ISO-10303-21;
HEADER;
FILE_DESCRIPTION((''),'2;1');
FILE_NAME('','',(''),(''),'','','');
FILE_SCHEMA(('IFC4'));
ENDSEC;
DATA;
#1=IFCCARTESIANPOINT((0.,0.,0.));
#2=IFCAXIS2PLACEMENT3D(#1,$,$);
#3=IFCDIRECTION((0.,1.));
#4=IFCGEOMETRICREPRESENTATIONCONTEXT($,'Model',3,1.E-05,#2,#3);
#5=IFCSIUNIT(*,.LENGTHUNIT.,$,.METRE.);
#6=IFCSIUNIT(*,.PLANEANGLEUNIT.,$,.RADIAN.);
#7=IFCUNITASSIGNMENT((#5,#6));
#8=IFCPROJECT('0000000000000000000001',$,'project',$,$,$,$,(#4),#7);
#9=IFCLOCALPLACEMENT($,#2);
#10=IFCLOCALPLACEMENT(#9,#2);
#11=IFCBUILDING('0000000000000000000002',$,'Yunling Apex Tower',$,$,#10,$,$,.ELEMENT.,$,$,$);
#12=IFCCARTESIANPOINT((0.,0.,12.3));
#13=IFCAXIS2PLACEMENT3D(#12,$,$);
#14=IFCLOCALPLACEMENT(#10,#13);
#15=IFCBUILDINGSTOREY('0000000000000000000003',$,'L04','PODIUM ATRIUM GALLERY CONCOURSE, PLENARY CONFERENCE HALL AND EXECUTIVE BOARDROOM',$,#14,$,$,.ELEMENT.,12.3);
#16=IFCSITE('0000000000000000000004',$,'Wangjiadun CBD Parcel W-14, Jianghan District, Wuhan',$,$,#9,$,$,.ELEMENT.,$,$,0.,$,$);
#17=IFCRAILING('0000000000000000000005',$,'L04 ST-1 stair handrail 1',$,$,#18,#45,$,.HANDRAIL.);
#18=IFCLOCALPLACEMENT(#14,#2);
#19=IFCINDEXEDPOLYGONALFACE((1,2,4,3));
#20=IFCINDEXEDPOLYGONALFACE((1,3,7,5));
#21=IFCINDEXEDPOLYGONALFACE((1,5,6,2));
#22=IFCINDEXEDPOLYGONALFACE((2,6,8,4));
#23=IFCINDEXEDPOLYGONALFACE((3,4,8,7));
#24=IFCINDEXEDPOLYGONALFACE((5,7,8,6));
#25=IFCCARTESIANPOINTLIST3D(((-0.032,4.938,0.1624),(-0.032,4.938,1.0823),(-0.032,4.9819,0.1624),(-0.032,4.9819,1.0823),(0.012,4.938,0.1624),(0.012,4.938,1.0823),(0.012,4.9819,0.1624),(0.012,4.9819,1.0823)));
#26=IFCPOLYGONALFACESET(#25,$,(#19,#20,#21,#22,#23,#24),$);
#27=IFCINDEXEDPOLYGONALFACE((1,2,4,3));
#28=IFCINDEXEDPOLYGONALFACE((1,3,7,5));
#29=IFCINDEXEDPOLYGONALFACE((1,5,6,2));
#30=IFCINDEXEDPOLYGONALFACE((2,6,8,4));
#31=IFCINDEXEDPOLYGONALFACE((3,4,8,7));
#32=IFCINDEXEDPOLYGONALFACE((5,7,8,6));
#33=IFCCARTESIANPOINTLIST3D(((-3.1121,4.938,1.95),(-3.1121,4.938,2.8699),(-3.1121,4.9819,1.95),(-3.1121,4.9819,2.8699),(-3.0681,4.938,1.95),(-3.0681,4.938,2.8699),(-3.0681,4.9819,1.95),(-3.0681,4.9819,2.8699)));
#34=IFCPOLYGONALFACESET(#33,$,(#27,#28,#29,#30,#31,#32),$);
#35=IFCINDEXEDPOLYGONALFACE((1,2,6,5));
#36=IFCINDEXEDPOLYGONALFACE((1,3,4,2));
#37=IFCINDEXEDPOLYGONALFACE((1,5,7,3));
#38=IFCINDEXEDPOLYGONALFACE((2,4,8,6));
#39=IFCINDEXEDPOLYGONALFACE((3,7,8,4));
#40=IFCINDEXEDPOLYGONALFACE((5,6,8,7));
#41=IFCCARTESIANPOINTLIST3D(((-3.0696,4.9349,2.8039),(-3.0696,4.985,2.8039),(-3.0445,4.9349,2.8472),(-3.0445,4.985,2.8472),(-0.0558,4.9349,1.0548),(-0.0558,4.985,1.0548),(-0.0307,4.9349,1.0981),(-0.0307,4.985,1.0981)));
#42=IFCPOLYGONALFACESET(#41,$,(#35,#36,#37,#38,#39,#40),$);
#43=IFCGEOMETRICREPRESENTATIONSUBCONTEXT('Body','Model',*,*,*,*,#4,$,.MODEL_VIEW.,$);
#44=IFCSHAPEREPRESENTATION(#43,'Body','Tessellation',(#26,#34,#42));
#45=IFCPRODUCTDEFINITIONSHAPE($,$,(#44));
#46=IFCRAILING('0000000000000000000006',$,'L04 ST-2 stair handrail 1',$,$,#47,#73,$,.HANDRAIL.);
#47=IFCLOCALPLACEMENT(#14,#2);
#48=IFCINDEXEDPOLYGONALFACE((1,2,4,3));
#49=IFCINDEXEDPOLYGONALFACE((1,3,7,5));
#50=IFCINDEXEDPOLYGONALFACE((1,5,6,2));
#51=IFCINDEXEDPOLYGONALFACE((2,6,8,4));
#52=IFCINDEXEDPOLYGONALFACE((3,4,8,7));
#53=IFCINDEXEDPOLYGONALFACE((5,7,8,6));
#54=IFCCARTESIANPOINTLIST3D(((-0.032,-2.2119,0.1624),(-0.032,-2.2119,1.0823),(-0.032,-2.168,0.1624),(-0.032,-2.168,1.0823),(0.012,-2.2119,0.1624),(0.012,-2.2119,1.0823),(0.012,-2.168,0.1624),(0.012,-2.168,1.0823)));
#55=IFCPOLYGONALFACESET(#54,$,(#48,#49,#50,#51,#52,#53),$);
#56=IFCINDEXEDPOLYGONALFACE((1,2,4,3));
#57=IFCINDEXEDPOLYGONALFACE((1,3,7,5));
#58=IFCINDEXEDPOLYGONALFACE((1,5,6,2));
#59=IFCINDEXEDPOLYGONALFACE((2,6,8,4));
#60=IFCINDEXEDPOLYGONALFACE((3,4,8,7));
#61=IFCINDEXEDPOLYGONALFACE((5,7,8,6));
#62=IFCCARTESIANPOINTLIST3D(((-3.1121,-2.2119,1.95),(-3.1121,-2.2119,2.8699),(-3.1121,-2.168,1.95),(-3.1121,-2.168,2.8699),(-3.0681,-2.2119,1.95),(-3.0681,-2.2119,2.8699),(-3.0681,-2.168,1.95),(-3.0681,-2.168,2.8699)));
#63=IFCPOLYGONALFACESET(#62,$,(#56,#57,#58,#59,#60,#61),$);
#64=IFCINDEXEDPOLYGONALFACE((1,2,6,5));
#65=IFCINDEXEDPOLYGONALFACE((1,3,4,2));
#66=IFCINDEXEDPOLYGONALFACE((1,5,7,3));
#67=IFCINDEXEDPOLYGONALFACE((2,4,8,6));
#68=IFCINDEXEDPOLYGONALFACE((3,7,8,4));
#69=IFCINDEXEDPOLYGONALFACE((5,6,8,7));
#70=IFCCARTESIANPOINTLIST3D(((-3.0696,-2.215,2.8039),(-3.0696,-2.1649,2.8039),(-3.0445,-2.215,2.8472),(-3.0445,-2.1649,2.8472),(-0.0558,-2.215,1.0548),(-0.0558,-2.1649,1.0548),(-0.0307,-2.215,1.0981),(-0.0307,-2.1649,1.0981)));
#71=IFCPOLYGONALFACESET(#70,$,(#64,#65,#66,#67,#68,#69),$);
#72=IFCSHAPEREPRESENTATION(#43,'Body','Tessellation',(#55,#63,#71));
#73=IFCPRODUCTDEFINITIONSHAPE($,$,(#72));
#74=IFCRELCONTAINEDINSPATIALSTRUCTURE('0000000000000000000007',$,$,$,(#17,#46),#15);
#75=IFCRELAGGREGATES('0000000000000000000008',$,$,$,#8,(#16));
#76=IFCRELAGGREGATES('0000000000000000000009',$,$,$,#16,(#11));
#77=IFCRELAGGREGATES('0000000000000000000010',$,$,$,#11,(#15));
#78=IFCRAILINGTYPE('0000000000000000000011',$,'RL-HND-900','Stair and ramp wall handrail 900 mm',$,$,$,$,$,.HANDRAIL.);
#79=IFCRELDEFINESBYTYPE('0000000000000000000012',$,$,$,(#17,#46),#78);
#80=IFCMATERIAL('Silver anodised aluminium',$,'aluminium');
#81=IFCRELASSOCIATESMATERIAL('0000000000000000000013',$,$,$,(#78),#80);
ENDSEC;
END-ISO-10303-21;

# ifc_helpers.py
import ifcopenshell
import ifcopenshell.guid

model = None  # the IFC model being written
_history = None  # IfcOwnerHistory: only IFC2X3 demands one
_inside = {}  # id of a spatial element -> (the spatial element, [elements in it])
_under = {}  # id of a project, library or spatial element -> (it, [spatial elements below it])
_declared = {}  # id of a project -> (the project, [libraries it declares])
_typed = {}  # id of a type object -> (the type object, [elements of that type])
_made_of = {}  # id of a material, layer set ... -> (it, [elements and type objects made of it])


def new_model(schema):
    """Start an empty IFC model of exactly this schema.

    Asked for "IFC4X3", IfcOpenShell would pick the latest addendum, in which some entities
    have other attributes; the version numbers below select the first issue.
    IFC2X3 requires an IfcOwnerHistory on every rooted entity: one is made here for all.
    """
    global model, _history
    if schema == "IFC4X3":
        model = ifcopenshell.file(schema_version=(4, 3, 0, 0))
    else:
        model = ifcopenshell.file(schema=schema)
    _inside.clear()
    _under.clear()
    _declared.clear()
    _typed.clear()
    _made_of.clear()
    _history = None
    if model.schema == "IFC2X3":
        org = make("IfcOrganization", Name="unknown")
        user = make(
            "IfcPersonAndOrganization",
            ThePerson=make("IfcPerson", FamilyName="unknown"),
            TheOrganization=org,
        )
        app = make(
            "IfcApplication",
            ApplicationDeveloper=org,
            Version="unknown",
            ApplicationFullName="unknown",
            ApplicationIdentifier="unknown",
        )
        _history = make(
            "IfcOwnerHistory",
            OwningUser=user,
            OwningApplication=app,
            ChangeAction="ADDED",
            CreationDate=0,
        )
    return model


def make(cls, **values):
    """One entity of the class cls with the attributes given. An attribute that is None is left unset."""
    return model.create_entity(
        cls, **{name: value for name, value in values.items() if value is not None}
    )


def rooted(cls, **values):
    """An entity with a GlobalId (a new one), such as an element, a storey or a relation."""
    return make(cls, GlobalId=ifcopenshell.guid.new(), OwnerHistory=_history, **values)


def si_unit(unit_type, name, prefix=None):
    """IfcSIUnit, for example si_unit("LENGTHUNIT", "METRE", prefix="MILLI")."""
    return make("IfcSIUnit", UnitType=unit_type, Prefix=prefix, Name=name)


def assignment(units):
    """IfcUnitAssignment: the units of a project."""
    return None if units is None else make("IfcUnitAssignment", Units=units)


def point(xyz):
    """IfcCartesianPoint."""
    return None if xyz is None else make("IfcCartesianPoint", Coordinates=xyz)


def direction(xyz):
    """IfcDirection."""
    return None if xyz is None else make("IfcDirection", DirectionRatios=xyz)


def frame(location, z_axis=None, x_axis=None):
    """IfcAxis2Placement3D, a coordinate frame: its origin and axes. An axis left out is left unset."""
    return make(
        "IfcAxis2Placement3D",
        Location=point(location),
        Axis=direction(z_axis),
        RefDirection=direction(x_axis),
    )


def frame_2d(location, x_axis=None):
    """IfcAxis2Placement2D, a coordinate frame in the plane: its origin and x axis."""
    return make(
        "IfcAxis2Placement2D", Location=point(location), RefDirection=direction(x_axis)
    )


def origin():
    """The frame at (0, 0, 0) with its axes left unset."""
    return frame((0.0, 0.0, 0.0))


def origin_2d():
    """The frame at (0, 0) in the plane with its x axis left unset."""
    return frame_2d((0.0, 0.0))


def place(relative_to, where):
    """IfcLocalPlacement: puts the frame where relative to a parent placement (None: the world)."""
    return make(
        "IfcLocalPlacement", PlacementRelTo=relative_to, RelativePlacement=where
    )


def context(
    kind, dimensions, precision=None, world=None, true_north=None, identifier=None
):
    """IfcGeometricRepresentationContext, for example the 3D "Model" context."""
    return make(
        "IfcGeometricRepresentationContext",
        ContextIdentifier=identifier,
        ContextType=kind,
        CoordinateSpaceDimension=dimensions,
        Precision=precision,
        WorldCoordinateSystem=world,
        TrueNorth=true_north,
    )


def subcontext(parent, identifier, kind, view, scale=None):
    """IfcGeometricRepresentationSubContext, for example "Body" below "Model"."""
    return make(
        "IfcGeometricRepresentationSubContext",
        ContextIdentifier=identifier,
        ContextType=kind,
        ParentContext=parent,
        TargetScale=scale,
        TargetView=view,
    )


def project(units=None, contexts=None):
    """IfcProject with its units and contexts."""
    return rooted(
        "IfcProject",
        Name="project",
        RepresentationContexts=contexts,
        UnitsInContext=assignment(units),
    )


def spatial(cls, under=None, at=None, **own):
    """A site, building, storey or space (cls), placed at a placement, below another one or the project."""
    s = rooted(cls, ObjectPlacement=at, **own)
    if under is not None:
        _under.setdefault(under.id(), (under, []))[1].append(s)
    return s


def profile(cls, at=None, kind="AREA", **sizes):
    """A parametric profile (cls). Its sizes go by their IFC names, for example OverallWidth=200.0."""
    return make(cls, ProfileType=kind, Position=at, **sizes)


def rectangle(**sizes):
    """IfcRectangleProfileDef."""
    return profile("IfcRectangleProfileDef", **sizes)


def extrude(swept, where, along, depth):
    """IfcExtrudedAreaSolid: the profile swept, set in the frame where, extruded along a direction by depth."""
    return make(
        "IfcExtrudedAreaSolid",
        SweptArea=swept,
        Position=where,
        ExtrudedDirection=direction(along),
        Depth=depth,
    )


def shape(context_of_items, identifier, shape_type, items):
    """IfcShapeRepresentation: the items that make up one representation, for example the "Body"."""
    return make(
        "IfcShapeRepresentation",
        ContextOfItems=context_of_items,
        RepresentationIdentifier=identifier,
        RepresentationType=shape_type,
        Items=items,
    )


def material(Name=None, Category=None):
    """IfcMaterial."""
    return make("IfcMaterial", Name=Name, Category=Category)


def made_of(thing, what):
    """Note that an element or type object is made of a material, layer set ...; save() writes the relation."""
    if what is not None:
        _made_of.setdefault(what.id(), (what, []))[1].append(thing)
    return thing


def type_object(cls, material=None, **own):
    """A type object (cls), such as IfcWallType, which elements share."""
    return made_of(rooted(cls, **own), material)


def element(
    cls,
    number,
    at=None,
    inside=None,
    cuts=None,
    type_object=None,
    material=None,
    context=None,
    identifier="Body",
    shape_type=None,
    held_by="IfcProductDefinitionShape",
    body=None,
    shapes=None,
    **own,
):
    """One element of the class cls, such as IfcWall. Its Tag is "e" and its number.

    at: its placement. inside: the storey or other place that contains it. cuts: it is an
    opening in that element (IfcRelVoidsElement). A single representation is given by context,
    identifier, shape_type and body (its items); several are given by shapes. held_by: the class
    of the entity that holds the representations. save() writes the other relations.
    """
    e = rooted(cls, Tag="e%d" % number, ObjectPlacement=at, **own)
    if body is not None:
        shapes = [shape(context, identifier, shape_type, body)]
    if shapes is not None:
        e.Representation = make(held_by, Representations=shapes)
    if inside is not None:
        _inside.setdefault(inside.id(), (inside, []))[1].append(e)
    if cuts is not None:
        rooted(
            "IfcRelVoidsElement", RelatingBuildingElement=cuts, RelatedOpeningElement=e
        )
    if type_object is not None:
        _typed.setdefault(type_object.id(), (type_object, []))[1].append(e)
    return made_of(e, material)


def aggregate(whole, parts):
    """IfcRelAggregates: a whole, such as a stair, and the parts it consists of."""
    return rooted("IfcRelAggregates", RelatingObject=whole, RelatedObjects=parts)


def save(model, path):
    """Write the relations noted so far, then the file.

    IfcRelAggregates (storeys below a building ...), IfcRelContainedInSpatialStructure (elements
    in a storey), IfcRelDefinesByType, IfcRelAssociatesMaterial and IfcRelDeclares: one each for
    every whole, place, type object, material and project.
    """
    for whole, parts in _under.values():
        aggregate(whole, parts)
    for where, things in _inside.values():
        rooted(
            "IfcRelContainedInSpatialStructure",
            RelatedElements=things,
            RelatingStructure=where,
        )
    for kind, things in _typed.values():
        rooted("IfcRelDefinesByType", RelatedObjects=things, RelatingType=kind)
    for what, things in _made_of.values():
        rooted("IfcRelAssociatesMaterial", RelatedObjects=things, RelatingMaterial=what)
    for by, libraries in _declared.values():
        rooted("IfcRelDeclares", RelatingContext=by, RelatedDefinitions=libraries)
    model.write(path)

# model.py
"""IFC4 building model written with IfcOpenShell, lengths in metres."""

from ifc_helpers import new_model, si_unit, direction, frame, origin, origin_2d, place, context, subcontext, project, spatial, rectangle, extrude, material, type_object, element, save


model = new_model("IFC4")

# Units and contexts
model_context = context("Model", 3, precision=1e-05, world=origin(), true_north=direction((0.0, 1.0)))
body_context = subcontext(model_context, "Body", "Model", "MODEL_VIEW")
ifc_project = project(units=[si_unit("LENGTHUNIT", "METRE"), si_unit("PLANEANGLEUNIT", "RADIAN")], contexts=[model_context])

# Site, building, storey
site_placement = place(None, origin())
site = spatial("IfcSite", under=ifc_project, at=site_placement, Name="Wangjiadun CBD Parcel W-14, Jianghan District, Wuhan", CompositionType="ELEMENT", RefElevation=0.0)
building_placement = place(site_placement, origin())
building = spatial("IfcBuilding", under=site, at=building_placement, Name="Yunling Apex Tower", CompositionType="ELEMENT")
storey_placement = place(building_placement, frame((0.0, 0.0, 12.3)))
storey = spatial("IfcBuildingStorey", under=building, at=storey_placement, Name="L04", Description="PODIUM ATRIUM GALLERY CONCOURSE, PLENARY CONFERENCE HALL AND EXECUTIVE BOARDROOM", CompositionType="ELEMENT", Elevation=12.3)

# Railings
ifc_material_1 = material(Name="Silver anodised aluminium", Category="aluminium")
railing_type_1 = type_object("IfcRailingType", Name="RL-HND-900", Description="Stair and ramp wall handrail 900 mm", PredefinedType="HANDRAIL", material=ifc_material_1)
for number, where, name in (
    (1, (-0.01, 4.96, 0.1624), "L04 ST-1 stair handrail 1"),
    (2, (-0.01, -2.1899, 0.1624), "L04 ST-2 stair handrail 1"),
):
    element("IfcRailing", number, at=place(storey_placement, frame(where)), inside=storey, type_object=railing_type_1, Name=name, PredefinedType="HANDRAIL", context=body_context, shape_type="SweptSolid", body=[
        extrude(rectangle(XDim=0.0439, YDim=0.0439, at=origin_2d()), origin(), (0.0, 0.0, 1.0), 0.9199),
        extrude(rectangle(XDim=0.0439, YDim=0.0439, at=origin_2d()), frame((-3.0801, 0.0, 1.7876)), (0.0, 0.0, 1.0), 0.9199),
        extrude(rectangle(XDim=0.05, YDim=0.05, at=origin_2d()), frame((-0.0332, 0.0, 0.9141), z_axis=(-0.864891, 0.0, 0.50196), x_axis=(0.0, -1.0, 0.0)), (0.0, 0.0, 1.0), 3.4846),
    ])

save(model, "model.ifc")
